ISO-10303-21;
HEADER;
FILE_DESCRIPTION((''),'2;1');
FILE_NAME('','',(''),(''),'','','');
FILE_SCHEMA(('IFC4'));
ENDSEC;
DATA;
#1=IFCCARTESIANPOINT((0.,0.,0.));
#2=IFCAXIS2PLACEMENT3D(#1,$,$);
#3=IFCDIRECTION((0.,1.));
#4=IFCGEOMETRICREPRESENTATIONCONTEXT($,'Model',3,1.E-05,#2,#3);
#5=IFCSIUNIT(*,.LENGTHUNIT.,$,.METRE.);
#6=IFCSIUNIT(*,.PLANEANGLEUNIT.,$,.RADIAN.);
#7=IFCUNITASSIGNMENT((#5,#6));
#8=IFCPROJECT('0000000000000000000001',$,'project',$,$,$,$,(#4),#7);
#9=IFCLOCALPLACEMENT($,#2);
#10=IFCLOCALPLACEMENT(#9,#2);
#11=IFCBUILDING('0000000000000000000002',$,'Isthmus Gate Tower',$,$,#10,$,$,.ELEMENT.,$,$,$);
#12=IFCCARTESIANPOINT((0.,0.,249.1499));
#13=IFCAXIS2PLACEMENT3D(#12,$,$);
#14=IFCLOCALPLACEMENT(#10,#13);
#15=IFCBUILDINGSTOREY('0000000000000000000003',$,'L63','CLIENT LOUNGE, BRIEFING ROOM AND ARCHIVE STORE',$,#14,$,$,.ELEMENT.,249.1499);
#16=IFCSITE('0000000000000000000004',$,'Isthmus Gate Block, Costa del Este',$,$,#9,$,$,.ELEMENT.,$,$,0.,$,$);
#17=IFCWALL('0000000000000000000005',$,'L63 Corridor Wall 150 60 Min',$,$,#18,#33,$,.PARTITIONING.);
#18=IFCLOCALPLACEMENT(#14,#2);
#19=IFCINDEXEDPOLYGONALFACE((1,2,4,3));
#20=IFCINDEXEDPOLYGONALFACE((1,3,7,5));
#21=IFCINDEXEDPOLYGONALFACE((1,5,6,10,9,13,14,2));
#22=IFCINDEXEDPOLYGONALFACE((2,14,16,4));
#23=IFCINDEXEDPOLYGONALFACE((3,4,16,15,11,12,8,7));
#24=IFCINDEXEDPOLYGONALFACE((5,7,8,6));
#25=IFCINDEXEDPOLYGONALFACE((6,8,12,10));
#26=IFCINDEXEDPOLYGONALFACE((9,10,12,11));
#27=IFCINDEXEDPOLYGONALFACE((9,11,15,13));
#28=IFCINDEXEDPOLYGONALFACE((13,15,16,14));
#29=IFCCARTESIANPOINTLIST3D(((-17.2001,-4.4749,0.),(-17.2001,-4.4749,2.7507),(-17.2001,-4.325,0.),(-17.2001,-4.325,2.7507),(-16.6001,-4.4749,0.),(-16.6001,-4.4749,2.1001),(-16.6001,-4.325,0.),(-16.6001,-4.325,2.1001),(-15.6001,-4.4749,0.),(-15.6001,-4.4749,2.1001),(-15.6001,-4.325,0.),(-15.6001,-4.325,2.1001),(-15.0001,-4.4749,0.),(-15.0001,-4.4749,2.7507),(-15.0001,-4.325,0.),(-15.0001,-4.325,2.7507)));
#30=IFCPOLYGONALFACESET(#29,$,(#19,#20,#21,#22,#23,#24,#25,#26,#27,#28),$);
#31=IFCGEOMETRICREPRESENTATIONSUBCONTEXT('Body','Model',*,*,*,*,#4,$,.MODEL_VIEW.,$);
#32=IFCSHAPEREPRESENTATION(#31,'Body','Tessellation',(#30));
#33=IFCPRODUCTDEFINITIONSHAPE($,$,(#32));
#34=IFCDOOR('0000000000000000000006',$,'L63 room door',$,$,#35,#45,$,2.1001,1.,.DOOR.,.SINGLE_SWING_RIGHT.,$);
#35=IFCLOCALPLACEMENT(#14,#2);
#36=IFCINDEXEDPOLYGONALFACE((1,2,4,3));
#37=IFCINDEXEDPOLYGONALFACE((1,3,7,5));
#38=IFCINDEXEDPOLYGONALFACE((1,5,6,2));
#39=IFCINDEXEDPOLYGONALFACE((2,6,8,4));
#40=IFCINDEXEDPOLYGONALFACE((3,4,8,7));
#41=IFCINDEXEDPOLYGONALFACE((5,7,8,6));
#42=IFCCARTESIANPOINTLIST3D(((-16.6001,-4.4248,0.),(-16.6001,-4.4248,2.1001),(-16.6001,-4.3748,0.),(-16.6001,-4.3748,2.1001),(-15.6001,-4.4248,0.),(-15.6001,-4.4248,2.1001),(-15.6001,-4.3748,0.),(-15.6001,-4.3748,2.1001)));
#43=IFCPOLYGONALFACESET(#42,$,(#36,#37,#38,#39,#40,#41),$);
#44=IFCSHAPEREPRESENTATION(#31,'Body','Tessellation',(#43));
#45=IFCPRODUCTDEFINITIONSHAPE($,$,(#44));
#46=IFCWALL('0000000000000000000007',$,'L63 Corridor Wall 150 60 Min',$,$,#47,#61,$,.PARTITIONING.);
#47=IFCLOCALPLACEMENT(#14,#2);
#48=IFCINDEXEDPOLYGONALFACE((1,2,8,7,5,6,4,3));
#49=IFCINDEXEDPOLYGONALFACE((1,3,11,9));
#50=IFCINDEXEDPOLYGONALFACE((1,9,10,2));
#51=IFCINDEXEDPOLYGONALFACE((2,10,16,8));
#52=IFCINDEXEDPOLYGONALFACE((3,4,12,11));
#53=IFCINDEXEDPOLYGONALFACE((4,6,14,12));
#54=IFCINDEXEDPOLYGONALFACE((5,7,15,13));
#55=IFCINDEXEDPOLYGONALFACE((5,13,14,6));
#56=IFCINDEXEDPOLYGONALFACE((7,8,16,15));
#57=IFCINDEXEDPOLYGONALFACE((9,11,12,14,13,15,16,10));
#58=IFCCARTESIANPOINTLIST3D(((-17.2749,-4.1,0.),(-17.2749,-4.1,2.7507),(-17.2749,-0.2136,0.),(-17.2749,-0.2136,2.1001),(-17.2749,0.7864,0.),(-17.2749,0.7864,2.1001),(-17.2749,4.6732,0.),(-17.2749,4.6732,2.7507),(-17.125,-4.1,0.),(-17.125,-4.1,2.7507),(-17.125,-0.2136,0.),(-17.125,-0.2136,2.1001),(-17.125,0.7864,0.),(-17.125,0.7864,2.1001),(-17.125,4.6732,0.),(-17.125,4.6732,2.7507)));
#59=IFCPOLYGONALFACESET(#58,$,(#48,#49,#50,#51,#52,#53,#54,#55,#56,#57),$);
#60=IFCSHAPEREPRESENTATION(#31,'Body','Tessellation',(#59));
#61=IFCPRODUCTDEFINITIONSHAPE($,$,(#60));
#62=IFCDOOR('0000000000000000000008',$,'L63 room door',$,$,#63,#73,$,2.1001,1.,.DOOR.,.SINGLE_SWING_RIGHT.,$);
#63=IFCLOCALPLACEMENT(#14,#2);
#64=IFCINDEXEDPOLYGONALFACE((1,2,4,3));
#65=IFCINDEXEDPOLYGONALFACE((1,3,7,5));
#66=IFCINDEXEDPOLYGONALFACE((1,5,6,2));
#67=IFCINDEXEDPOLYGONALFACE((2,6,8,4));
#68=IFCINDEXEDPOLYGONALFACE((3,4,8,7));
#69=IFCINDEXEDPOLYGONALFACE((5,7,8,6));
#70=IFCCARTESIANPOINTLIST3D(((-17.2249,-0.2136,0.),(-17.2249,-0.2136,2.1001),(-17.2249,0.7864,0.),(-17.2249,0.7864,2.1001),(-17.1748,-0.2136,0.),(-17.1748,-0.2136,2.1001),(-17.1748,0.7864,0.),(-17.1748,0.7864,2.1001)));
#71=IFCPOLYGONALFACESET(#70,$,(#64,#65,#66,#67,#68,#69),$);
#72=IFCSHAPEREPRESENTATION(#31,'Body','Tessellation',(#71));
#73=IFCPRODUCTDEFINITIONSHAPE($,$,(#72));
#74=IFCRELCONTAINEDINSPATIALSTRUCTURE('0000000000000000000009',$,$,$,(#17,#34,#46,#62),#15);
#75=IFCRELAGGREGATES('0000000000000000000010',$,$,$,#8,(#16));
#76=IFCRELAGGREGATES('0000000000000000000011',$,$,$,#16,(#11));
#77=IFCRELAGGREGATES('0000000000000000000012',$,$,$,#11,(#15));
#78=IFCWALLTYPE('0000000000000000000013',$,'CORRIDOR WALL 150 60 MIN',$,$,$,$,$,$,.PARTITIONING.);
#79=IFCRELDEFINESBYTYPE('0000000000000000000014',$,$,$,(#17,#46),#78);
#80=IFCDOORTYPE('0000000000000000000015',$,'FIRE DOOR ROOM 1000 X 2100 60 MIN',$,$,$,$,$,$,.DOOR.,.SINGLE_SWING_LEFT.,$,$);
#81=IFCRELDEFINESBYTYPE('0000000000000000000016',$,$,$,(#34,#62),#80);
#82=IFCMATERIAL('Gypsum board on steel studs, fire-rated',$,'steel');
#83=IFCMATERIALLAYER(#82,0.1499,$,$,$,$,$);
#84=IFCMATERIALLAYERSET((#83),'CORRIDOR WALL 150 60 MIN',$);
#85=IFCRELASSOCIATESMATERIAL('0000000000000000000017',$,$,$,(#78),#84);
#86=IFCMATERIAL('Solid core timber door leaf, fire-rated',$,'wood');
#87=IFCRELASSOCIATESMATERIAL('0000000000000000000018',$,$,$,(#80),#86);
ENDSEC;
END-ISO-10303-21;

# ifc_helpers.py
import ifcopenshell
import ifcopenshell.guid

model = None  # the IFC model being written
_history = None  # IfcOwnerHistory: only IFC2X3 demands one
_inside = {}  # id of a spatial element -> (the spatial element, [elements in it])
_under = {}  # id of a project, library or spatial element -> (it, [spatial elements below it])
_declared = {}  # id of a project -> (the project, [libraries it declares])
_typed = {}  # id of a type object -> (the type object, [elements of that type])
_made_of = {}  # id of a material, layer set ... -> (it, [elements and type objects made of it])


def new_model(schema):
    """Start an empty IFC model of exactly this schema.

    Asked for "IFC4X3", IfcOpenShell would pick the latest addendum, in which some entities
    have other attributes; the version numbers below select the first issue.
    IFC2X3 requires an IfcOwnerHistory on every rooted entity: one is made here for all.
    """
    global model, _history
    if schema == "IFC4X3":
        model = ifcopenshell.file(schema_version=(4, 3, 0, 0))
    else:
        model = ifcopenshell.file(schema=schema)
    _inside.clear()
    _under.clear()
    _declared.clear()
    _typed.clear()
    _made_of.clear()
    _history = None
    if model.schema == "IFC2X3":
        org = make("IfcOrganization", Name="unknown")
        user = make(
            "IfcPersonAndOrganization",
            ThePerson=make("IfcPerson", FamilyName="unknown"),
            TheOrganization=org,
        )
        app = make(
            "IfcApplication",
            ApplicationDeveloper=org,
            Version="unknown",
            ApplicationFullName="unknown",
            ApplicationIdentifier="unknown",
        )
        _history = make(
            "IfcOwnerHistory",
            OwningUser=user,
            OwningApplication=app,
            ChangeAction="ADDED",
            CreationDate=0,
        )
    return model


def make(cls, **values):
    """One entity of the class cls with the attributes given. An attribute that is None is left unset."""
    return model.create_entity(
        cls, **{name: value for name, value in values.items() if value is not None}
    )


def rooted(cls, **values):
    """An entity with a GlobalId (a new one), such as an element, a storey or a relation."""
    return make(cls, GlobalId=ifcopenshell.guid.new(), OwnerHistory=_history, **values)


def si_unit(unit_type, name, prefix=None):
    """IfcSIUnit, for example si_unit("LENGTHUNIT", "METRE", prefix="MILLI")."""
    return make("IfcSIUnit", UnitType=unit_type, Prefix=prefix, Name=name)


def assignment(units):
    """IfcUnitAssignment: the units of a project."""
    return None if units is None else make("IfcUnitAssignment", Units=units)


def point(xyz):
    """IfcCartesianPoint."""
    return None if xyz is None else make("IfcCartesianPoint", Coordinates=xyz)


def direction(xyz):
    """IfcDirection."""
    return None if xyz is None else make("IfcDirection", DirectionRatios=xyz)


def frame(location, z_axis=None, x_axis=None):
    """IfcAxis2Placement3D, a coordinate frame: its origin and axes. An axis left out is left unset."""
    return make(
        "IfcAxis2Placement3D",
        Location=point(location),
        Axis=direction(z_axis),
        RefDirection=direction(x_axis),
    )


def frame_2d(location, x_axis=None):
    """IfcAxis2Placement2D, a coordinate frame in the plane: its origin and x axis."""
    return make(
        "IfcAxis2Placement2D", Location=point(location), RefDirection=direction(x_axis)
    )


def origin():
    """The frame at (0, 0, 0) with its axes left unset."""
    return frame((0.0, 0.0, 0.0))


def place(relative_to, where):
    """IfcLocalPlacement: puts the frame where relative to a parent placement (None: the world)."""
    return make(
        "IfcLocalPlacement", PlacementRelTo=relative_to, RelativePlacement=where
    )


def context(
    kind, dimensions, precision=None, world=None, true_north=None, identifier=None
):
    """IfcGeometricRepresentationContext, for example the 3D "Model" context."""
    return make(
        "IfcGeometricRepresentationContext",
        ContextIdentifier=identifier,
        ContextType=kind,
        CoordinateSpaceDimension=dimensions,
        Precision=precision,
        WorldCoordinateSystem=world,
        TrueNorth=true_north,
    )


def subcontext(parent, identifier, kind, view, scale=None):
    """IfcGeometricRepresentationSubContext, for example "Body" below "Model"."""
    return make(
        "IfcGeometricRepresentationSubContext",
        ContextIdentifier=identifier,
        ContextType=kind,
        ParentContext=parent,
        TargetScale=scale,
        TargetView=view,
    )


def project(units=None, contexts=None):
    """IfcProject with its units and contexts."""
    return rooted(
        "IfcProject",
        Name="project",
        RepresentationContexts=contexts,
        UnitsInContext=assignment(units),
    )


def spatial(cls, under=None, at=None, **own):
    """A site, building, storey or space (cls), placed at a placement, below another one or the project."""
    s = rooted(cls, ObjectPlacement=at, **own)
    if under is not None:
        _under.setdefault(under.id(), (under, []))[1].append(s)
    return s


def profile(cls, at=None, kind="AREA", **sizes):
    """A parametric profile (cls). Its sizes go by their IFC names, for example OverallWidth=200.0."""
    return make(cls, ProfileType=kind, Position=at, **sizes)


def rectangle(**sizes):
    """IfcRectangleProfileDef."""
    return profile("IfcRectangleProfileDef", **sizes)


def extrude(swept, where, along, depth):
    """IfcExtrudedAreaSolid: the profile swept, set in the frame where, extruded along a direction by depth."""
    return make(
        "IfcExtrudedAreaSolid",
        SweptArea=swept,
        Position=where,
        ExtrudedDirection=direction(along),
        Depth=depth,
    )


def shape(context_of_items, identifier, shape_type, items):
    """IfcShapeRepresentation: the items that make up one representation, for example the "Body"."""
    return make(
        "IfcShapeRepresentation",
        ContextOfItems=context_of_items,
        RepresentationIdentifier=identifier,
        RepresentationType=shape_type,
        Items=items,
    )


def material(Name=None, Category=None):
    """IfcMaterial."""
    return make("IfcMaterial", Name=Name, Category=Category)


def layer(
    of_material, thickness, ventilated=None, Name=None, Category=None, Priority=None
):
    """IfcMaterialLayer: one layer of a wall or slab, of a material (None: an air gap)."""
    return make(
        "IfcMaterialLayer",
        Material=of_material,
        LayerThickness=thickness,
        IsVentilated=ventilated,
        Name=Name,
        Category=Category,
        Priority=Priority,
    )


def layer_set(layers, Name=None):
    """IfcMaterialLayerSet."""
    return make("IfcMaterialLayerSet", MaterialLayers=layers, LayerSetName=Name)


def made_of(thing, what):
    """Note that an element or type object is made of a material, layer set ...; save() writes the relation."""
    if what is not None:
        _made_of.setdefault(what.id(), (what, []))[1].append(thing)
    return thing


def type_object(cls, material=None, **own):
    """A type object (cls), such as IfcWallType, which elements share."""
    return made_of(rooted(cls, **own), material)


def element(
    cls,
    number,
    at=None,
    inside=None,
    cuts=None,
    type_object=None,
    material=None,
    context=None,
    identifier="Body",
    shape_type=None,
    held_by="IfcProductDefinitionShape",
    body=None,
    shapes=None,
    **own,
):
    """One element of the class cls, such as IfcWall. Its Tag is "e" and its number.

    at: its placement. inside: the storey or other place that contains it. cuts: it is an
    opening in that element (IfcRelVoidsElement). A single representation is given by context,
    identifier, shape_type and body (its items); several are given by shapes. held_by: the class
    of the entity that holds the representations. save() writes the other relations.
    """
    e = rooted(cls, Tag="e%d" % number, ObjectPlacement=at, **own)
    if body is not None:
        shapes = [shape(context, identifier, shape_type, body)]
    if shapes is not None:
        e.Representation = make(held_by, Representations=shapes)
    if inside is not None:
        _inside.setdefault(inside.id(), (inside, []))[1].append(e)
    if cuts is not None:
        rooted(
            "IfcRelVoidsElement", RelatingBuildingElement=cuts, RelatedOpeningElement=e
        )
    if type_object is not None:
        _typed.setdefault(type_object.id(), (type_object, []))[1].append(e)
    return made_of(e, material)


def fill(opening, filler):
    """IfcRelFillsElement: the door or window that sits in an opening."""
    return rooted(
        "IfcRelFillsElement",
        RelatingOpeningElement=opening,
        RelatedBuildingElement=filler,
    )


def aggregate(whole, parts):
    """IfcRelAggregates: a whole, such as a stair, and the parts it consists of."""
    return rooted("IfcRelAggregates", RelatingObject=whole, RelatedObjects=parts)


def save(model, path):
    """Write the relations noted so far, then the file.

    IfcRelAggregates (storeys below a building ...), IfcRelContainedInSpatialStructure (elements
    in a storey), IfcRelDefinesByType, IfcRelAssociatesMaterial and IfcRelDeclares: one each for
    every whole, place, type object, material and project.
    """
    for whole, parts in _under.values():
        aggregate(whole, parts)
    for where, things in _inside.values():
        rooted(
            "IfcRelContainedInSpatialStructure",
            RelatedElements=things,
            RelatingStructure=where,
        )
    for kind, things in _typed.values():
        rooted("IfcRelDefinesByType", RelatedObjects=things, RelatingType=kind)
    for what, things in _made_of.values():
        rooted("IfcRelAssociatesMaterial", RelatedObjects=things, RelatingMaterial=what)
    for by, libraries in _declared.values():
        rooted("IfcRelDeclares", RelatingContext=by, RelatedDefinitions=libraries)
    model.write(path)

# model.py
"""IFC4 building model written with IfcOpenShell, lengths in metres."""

from ifc_helpers import new_model, si_unit, direction, frame, frame_2d, origin, place, context, subcontext, project, spatial, rectangle, extrude, material, layer, layer_set, type_object, element, fill, save


model = new_model("IFC4")

# Units and contexts
model_context = context("Model", 3, precision=1e-05, world=origin(), true_north=direction((0.0, 1.0)))
body_context = subcontext(model_context, "Body", "Model", "MODEL_VIEW")
ifc_project = project(units=[si_unit("LENGTHUNIT", "METRE"), si_unit("PLANEANGLEUNIT", "RADIAN")], contexts=[model_context])

# Site, building, storey
site_placement = place(None, origin())
site = spatial("IfcSite", under=ifc_project, at=site_placement, Name="Isthmus Gate Block, Costa del Este", CompositionType="ELEMENT", RefElevation=0.0)
building_placement = place(site_placement, origin())
building = spatial("IfcBuilding", under=site, at=building_placement, Name="Isthmus Gate Tower", CompositionType="ELEMENT")
storey_placement = place(building_placement, frame((0.0, 0.0, 249.1499)))
storey = spatial("IfcBuildingStorey", under=building, at=storey_placement, Name="L63", Description="CLIENT LOUNGE, BRIEFING ROOM AND ARCHIVE STORE", CompositionType="ELEMENT", Elevation=249.1499)

# Walls, openings, doors
ifc_material_1 = material(Name="Gypsum board on steel studs, fire-rated", Category="steel")
ifc_layer_1 = layer(ifc_material_1, 0.1499)
ifc_layer_set_1 = layer_set([ifc_layer_1], Name="CORRIDOR WALL 150 60 MIN")
wall_type_1 = type_object("IfcWallType", Name="CORRIDOR WALL 150 60 MIN", PredefinedType="PARTITIONING", material=ifc_layer_set_1)
wall_1_placement = place(storey_placement, frame((-15.0, -4.3999, 0.0), z_axis=(0.0, 0.0, 1.0), x_axis=(-1.0, 0.0, 0.0)))
wall_1 = element("IfcWall", 1, at=wall_1_placement, inside=storey, type_object=wall_type_1, Name="L63 Corridor Wall 150 60 Min", PredefinedType="PARTITIONING", context=body_context, shape_type="SweptSolid", body=[
    extrude(rectangle(XDim=2.2, YDim=0.1499, at=frame_2d((1.1001, 0.0))), origin(), (0.0, 0.0, 1.0), 2.7507),
])
opening_1_placement = place(wall_1_placement, frame((0.6001, 0.0, 0.0)))
opening_1 = element("IfcOpeningElement", 2, at=opening_1_placement, cuts=wall_1, PredefinedType="OPENING", context=body_context, shape_type="SweptSolid", body=[
    extrude(rectangle(XDim=1.0, YDim=2.1001, at=frame_2d((0.5, 1.05))), frame((0.0, 0.085, 0.0), z_axis=(0.0, -1.0, 0.0), x_axis=(1.0, 0.0, 0.0)), (0.0, 0.0, 1.0), 0.1699),
])
ifc_material_2 = material(Name="Solid core timber door leaf, fire-rated", Category="wood")
door_type_1 = type_object("IfcDoorType", Name="FIRE DOOR ROOM 1000 X 2100 60 MIN", OperationType="SINGLE_SWING_LEFT", PredefinedType="DOOR", material=ifc_material_2)
door_1_placement = place(opening_1_placement, origin())
door_1 = element("IfcDoor", 3, at=door_1_placement, inside=storey, type_object=door_type_1, Name="L63 room door", OperationType="SINGLE_SWING_RIGHT", OverallHeight=2.1001, OverallWidth=1.0, PredefinedType="DOOR", context=body_context, shape_type="SweptSolid", body=[
    extrude(rectangle(XDim=1.0, YDim=2.1001, at=frame_2d((0.5, 1.05))), frame((0.0, 0.0249, 0.0), z_axis=(0.0, -1.0, 0.0), x_axis=(1.0, 0.0, 0.0)), (0.0, 0.0, 1.0), 0.05),
])
fill(opening_1, door_1)
wall_2_placement = place(storey_placement, frame((-17.2, -4.1001, 0.0), z_axis=(0.0, 0.0, 1.0), x_axis=(0.0, 1.0, 0.0)))
wall_2 = element("IfcWall", 4, at=wall_2_placement, inside=storey, type_object=wall_type_1, Name="L63 Corridor Wall 150 60 Min", PredefinedType="PARTITIONING", context=body_context, shape_type="SweptSolid", body=[
    extrude(rectangle(XDim=8.7732, YDim=0.1499, at=frame_2d((4.3867, 0.0))), origin(), (0.0, 0.0, 1.0), 2.7507),
])
opening_2_placement = place(wall_2_placement, frame((3.8865, 0.0, 0.0)))
opening_2 = element("IfcOpeningElement", 5, at=opening_2_placement, cuts=wall_2, PredefinedType="OPENING", context=body_context, shape_type="SweptSolid", body=[
    extrude(rectangle(XDim=1.0, YDim=2.1001, at=frame_2d((0.5, 1.05))), frame((0.0, 0.085, 0.0), z_axis=(0.0, -1.0, 0.0), x_axis=(1.0, 0.0, 0.0)), (0.0, 0.0, 1.0), 0.1699),
])
door_2_placement = place(opening_2_placement, origin())
door_2 = element("IfcDoor", 6, at=door_2_placement, inside=storey, type_object=door_type_1, Name="L63 room door", OperationType="SINGLE_SWING_RIGHT", OverallHeight=2.1001, OverallWidth=1.0, PredefinedType="DOOR", context=body_context, shape_type="SweptSolid", body=[
    extrude(rectangle(XDim=1.0, YDim=2.1001, at=frame_2d((0.5, 1.05))), frame((0.0, 0.0249, 0.0), z_axis=(0.0, -1.0, 0.0), x_axis=(1.0, 0.0, 0.0)), (0.0, 0.0, 1.0), 0.05),
])
fill(opening_2, door_2)

save(model, "model.ifc")
